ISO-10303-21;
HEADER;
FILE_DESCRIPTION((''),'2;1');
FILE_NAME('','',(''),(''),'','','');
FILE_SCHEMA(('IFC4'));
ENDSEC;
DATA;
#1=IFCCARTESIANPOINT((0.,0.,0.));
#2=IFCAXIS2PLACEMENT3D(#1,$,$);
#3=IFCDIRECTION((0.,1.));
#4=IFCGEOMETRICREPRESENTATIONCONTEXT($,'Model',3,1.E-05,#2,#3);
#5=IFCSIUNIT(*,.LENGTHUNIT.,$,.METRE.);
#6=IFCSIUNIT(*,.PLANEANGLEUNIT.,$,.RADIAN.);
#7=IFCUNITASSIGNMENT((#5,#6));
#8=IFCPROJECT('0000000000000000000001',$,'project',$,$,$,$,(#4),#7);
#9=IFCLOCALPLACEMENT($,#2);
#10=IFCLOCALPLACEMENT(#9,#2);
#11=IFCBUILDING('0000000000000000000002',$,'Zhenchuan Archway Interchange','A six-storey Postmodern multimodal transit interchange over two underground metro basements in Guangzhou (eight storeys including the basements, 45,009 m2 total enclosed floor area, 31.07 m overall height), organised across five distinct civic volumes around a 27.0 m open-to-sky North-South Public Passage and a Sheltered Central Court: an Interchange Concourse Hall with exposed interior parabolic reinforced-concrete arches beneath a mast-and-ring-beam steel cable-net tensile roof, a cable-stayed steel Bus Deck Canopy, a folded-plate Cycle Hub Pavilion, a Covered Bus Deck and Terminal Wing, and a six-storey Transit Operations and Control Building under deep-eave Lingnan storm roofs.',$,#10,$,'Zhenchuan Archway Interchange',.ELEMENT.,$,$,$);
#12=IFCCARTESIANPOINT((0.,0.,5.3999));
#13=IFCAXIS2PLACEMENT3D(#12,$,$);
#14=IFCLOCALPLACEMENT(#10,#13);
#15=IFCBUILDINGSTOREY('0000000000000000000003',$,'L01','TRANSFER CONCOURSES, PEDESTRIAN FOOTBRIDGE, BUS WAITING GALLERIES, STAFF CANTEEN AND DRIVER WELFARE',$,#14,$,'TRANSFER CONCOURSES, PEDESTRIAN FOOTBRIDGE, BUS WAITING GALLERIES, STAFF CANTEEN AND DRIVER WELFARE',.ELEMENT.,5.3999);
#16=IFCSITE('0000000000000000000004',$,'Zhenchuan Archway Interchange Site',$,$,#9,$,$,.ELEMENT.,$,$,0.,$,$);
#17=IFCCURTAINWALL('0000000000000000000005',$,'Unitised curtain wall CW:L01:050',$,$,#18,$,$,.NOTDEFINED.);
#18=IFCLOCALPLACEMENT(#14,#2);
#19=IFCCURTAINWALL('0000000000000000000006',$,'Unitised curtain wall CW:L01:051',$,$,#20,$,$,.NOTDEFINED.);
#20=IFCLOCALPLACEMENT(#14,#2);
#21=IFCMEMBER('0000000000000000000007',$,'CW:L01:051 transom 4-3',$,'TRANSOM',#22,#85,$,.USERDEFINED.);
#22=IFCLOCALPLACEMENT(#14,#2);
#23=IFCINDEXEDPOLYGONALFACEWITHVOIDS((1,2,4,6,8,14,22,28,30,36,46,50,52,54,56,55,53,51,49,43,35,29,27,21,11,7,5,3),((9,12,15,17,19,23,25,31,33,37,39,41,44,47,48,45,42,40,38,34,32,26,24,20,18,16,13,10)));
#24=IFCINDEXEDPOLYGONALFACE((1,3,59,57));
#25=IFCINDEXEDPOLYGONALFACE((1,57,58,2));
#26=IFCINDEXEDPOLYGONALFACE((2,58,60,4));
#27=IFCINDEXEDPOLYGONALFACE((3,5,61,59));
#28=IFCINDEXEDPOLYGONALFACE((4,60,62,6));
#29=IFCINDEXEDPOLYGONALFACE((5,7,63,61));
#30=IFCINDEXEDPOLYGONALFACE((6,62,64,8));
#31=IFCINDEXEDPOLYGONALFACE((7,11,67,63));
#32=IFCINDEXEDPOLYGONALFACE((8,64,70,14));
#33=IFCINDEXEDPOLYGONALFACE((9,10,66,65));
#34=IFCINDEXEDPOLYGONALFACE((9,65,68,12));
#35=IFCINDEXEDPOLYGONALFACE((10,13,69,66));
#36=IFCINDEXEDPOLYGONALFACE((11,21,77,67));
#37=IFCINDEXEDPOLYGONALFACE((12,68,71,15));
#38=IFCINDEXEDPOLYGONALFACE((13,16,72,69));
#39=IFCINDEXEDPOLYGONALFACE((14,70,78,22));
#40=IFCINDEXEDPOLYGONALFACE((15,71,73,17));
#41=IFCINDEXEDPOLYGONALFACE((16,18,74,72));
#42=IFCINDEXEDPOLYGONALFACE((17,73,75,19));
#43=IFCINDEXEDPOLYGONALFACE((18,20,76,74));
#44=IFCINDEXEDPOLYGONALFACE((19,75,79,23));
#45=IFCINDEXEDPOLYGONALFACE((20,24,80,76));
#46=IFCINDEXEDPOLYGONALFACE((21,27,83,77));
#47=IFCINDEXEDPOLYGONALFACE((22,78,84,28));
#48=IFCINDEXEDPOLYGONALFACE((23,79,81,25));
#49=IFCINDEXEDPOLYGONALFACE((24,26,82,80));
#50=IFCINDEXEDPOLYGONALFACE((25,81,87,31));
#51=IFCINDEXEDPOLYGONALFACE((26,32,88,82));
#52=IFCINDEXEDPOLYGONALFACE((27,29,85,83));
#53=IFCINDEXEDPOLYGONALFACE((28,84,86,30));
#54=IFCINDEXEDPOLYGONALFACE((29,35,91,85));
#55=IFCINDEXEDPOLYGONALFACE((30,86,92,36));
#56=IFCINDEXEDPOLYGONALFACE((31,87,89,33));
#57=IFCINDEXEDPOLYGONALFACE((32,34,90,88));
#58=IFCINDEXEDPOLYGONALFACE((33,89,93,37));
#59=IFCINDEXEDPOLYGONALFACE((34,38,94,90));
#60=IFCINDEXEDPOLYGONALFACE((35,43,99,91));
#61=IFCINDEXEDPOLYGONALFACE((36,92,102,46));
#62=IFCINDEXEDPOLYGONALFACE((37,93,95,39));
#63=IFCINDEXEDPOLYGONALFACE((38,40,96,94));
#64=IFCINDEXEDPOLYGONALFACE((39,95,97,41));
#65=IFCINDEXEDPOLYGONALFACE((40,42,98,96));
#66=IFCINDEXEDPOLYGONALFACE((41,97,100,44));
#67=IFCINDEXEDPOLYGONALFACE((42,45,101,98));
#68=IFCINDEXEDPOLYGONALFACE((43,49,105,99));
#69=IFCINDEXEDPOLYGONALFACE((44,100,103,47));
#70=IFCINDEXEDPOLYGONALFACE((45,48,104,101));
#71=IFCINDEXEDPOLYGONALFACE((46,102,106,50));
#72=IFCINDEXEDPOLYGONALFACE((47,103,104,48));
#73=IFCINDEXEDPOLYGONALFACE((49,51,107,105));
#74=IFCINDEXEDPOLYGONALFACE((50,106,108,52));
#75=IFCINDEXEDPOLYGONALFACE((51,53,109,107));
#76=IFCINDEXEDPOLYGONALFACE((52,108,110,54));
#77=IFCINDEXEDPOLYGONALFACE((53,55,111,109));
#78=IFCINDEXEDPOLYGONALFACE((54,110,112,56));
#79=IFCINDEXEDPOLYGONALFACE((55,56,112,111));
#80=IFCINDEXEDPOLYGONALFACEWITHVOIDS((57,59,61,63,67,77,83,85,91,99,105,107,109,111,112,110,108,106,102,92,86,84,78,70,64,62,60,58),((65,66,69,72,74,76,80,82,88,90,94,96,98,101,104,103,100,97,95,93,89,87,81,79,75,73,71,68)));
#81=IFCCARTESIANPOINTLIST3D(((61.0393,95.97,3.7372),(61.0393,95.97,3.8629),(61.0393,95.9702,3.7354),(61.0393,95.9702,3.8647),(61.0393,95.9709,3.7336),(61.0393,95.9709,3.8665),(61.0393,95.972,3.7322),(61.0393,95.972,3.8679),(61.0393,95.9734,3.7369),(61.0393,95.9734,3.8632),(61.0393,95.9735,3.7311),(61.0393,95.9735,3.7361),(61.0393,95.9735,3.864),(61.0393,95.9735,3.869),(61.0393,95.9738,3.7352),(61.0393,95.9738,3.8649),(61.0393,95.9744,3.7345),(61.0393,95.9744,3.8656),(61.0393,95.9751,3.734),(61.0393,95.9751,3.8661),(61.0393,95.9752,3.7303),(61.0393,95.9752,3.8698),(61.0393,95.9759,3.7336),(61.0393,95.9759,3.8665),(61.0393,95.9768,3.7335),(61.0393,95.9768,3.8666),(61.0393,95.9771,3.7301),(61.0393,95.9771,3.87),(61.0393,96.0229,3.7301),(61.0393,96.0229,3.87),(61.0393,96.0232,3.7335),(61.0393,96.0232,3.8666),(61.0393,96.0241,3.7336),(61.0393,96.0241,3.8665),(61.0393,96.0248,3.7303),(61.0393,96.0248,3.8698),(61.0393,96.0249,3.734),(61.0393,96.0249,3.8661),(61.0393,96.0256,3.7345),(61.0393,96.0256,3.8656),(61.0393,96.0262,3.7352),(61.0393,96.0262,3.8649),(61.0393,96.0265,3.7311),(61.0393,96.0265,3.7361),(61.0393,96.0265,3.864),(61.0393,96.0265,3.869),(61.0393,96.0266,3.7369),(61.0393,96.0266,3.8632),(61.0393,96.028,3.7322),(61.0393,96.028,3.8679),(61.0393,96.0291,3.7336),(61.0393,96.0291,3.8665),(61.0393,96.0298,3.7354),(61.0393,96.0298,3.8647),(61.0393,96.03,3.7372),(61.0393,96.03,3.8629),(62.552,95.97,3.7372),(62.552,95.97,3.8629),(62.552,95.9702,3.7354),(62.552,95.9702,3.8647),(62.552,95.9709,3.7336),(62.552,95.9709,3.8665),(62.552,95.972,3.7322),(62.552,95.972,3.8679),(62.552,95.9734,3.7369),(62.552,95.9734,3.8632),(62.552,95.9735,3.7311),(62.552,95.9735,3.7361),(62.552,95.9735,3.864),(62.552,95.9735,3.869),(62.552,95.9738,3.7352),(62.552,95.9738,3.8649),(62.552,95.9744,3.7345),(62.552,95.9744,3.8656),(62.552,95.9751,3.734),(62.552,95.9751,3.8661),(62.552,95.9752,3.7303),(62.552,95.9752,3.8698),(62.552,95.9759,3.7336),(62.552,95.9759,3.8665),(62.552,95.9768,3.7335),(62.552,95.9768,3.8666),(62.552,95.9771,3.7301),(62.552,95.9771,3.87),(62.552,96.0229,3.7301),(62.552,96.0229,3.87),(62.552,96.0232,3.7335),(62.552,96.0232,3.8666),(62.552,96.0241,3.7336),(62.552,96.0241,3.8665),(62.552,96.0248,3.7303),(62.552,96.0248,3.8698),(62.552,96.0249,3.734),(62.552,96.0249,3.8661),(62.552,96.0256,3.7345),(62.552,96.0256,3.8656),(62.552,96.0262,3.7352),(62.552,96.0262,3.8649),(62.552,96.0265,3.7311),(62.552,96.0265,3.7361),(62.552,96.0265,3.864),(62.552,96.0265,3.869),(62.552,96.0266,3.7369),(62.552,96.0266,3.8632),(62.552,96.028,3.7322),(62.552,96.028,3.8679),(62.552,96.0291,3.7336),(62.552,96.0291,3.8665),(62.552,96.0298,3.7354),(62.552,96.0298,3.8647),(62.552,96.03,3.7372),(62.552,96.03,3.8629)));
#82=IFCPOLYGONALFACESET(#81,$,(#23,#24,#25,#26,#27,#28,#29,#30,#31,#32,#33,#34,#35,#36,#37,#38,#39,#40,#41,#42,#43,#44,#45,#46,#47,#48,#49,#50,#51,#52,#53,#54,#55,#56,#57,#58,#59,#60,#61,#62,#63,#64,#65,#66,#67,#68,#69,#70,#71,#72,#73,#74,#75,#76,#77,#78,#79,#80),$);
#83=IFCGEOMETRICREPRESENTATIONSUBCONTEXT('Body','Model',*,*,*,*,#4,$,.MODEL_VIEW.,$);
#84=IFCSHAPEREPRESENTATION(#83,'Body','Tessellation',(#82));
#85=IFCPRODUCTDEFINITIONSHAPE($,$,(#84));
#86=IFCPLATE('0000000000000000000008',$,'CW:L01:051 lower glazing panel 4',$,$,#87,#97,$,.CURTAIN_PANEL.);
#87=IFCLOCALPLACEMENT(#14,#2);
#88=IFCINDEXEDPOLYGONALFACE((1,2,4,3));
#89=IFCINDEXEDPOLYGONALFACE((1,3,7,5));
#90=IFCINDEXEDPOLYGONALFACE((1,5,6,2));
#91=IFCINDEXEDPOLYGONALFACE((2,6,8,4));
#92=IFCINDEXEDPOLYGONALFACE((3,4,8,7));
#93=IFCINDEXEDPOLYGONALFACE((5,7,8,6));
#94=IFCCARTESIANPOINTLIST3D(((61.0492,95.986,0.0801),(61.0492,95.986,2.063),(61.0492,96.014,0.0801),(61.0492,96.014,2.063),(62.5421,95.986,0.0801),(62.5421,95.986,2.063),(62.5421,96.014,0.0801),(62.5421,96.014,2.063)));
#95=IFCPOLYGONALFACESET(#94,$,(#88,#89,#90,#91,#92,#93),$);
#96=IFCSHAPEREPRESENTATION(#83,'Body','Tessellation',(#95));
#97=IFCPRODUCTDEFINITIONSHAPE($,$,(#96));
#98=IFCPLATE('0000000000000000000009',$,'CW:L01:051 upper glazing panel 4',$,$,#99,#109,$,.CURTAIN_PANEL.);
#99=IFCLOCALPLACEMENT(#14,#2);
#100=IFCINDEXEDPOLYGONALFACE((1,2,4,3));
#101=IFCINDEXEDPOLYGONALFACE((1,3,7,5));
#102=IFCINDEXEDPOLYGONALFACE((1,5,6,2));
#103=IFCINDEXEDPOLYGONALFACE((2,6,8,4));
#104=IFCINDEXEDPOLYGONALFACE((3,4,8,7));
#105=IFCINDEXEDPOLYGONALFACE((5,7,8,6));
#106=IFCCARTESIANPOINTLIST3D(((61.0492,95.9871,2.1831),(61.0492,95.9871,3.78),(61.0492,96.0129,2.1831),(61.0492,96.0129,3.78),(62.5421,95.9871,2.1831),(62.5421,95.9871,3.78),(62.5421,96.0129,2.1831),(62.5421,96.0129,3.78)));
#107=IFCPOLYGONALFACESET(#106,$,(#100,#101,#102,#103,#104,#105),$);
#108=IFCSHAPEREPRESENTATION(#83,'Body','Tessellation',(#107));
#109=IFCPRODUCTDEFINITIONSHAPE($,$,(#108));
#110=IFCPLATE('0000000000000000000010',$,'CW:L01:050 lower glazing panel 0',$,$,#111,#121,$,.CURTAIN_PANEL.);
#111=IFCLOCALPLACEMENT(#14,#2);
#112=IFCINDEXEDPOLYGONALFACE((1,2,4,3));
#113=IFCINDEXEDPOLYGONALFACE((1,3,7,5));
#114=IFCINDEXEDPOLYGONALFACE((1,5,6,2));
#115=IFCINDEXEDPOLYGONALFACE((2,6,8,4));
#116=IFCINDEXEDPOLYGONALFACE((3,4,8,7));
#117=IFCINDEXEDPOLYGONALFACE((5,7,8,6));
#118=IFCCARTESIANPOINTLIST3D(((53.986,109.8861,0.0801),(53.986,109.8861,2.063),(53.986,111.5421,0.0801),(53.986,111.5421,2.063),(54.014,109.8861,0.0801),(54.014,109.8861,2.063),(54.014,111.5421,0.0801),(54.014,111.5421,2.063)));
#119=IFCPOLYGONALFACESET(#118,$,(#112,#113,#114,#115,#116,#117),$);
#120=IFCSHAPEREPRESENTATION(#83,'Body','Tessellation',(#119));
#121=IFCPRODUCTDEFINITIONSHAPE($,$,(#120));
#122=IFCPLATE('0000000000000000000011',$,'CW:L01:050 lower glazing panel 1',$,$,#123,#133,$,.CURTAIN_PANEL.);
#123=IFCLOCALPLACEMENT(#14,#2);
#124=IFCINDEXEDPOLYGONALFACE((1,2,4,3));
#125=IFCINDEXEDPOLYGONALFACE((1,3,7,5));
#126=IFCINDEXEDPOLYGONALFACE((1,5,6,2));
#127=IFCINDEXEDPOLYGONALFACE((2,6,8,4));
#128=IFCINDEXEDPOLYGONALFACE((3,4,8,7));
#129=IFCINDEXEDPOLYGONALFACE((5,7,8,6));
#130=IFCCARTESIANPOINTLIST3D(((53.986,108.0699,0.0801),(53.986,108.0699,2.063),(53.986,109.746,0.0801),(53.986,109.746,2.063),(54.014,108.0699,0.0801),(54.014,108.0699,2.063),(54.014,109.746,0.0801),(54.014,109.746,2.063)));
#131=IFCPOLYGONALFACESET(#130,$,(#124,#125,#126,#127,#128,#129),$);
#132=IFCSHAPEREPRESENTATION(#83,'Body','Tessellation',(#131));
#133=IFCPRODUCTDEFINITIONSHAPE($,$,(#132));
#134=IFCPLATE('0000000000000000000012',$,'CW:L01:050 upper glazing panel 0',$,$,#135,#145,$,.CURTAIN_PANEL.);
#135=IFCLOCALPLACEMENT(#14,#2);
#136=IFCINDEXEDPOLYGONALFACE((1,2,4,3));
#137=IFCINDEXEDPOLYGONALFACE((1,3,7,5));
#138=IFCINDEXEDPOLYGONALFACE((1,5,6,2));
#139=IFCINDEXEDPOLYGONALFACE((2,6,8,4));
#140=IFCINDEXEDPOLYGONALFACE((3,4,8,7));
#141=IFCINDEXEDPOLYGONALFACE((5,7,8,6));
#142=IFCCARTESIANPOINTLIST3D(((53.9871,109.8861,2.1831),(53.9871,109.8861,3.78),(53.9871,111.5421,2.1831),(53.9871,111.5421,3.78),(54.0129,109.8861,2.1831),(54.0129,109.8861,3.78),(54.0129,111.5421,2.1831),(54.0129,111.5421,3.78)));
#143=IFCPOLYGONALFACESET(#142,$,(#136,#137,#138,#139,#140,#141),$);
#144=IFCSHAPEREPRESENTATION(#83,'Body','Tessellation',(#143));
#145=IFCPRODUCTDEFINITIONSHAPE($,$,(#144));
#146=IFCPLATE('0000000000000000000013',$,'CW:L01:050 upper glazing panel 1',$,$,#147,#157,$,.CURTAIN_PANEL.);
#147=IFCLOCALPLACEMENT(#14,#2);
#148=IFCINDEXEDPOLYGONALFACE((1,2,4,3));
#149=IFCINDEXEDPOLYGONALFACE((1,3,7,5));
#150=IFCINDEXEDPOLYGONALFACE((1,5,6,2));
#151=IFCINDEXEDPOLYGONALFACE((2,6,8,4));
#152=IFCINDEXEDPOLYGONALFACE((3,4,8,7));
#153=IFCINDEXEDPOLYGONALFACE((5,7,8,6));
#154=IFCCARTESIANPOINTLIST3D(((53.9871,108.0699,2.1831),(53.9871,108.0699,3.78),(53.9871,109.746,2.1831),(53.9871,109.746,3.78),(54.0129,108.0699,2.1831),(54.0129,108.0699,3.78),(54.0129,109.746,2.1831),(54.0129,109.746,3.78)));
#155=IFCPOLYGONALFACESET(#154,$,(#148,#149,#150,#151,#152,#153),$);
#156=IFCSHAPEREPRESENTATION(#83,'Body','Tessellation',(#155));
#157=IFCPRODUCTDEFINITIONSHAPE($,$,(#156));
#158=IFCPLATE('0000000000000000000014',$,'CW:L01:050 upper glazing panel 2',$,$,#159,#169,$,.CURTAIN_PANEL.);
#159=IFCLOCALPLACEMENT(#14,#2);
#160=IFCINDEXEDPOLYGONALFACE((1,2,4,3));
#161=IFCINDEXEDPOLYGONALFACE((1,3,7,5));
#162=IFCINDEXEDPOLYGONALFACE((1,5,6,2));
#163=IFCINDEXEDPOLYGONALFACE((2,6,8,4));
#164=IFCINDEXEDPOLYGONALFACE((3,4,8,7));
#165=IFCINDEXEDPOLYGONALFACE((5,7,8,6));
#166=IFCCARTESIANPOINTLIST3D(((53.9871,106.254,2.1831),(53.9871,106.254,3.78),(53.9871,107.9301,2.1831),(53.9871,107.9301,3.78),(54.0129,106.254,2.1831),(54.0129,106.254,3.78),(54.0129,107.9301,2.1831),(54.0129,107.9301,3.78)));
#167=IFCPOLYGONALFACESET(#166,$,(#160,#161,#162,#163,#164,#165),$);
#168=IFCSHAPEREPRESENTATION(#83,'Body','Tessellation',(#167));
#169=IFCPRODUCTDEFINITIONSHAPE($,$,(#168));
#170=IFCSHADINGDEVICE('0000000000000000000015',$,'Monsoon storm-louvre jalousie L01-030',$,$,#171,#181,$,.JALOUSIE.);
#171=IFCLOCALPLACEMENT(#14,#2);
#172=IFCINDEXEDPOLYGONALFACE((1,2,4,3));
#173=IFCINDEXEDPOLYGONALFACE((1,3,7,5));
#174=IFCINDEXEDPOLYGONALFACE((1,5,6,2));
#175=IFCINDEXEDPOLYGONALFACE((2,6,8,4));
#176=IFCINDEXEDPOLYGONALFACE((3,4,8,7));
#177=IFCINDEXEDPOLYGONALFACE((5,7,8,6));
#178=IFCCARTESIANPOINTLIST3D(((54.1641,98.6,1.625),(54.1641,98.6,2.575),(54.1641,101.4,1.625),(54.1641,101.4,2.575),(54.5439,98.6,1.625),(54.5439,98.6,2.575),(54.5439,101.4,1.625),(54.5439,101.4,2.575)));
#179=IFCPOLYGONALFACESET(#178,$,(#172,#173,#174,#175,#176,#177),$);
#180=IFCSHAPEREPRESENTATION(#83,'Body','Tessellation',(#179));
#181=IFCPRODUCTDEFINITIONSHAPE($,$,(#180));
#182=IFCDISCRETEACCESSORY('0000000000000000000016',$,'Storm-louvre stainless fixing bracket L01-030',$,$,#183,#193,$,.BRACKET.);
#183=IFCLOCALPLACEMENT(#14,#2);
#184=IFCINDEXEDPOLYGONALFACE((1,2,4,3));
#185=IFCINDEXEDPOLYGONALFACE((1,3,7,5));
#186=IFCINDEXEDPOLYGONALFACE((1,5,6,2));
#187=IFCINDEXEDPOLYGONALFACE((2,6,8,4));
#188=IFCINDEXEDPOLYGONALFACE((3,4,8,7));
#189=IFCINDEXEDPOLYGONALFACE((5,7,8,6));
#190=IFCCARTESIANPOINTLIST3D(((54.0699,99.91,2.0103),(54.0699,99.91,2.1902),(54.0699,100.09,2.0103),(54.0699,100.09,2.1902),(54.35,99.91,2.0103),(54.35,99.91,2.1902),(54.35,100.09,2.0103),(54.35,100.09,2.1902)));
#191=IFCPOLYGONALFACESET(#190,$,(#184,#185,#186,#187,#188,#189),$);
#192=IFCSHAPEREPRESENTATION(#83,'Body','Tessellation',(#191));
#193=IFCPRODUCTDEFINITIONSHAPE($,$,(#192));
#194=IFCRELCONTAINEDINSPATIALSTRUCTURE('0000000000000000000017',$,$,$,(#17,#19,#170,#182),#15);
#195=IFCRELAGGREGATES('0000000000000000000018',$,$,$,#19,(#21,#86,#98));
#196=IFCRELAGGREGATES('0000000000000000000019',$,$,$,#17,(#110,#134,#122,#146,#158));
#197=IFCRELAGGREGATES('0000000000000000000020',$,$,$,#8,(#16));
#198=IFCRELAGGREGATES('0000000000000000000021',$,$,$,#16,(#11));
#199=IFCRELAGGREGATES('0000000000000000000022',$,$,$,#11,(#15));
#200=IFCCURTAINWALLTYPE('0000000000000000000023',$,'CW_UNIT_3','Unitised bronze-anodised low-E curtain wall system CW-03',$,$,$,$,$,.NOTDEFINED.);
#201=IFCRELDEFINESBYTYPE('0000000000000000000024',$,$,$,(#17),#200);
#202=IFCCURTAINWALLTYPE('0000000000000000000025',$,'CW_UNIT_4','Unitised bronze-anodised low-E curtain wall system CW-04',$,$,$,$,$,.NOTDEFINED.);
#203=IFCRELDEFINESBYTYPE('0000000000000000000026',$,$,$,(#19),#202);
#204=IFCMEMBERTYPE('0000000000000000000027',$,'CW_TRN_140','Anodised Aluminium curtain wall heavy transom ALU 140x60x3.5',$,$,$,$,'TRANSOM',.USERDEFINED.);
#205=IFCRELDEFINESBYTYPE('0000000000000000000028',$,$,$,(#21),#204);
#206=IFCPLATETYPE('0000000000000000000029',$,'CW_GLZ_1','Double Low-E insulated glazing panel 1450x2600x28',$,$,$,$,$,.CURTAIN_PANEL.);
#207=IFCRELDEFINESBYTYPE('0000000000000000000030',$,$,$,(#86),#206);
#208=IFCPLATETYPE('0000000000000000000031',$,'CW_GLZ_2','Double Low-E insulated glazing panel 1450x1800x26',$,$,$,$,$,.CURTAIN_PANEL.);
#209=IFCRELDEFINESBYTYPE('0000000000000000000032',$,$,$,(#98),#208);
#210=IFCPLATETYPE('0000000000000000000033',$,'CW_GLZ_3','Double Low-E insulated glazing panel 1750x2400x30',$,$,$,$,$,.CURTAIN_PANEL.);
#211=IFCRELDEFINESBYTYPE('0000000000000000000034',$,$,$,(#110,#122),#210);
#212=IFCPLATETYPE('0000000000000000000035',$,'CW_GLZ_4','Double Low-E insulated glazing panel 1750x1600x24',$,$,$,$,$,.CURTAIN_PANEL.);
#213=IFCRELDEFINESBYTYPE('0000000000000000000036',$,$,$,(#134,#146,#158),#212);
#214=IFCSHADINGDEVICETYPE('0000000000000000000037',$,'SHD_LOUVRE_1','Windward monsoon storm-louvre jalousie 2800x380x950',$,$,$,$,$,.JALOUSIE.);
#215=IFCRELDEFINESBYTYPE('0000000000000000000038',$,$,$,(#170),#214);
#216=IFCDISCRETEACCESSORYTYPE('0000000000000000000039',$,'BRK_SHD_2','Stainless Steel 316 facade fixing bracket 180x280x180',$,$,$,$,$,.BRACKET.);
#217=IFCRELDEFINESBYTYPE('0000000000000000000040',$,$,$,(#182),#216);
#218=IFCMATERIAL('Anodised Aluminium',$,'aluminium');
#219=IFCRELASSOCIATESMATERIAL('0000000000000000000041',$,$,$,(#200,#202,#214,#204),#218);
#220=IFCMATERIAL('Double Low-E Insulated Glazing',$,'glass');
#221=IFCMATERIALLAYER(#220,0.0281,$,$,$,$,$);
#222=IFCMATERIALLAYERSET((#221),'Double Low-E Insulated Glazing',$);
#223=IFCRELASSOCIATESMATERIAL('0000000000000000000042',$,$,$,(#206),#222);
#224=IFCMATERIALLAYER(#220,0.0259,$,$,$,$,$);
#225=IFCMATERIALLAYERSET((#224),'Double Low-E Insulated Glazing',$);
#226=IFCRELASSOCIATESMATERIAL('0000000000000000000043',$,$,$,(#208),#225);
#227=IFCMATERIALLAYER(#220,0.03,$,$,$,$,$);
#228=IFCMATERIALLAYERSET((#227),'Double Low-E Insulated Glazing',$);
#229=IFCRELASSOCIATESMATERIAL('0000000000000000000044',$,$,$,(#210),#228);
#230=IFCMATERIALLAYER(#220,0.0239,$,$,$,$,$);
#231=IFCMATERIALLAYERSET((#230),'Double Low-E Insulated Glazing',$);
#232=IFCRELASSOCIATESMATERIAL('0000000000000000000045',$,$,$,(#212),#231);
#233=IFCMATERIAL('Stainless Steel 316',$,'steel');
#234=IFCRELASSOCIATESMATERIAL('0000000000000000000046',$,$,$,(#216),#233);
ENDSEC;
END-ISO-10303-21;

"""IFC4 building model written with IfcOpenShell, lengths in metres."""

from ifc_helpers import new_model, si_unit, direction, frame, origin, origin_2d, place, context, subcontext, project, spatial, rectangle, hollow_rectangle, extrude, material, layer, layer_set, material_profile, profile_set, type_object, element, aggregate, save


model = new_model("IFC4")

# Units and contexts
model_context = context("Model", 3, precision=1e-05, world=origin(), true_north=direction((0.0, 1.0)))
body_context = subcontext(model_context, "Body", "Model", "MODEL_VIEW")
ifc_project = project(units=[si_unit("LENGTHUNIT", "METRE"), si_unit("PLANEANGLEUNIT", "RADIAN")], contexts=[model_context])

# Site, building, storey
site_placement = place(None, origin())
site = spatial("IfcSite", under=ifc_project, at=site_placement, Name="Zhenchuan Archway Interchange Site", CompositionType="ELEMENT", RefElevation=0.0)
building_placement = place(site_placement, origin())
building = spatial("IfcBuilding", under=site, at=building_placement, Name="Zhenchuan Archway Interchange", Description="A six-storey Postmodern multimodal transit interchange over two underground metro basements in Guangzhou (eight storeys including the basements, 45,009 m2 total enclosed floor area, 31.07 m overall height), organised across five distinct civic volumes around a 27.0 m open-to-sky North-South Public Passage and a Sheltered Central Court: an Interchange Concourse Hall with exposed interior parabolic reinforced-concrete arches beneath a mast-and-ring-beam steel cable-net tensile roof, a cable-stayed steel Bus Deck Canopy, a folded-plate Cycle Hub Pavilion, a Covered Bus Deck and Terminal Wing, and a six-storey Transit Operations and Control Building under deep-eave Lingnan storm roofs.", LongName="Zhenchuan Archway Interchange", CompositionType="ELEMENT")
storey_placement = place(building_placement, frame((0.0, 0.0, 5.3999)))
storey = spatial("IfcBuildingStorey", under=building, at=storey_placement, Name="L01", Description="TRANSFER CONCOURSES, PEDESTRIAN FOOTBRIDGE, BUS WAITING GALLERIES, STAFF CANTEEN AND DRIVER WELFARE", LongName="TRANSFER CONCOURSES, PEDESTRIAN FOOTBRIDGE, BUS WAITING GALLERIES, STAFF CANTEEN AND DRIVER WELFARE", CompositionType="ELEMENT", Elevation=5.3999)

# Curtain wall
ifc_material_1 = material(Name="Anodised Aluminium", Category="aluminium")
curtain_wall_type_1 = type_object("IfcCurtainWallType", Name="CW_UNIT_3", Description="Unitised bronze-anodised low-E curtain wall system CW-03", PredefinedType="NOTDEFINED", material=ifc_material_1)
curtain_wall_1_placement = place(storey_placement, origin())
curtain_wall_1 = element("IfcCurtainWall", 1, at=curtain_wall_1_placement, inside=storey, type_object=curtain_wall_type_1, Name="Unitised curtain wall CW:L01:050", PredefinedType="NOTDEFINED")

# Curtain wall
curtain_wall_type_2 = type_object("IfcCurtainWallType", Name="CW_UNIT_4", Description="Unitised bronze-anodised low-E curtain wall system CW-04", PredefinedType="NOTDEFINED", material=ifc_material_1)
curtain_wall_2_placement = place(storey_placement, origin())
curtain_wall_2 = element("IfcCurtainWall", 2, at=curtain_wall_2_placement, inside=storey, type_object=curtain_wall_type_2, Name="Unitised curtain wall CW:L01:051", PredefinedType="NOTDEFINED")

# Member
ifc_material_profile_1 = material_profile(ifc_material_1, hollow_rectangle(XDim=0.0601, YDim=0.1399, WallThickness=0.0034, InnerFilletRadius=0.0034, OuterFilletRadius=0.0071, at=origin_2d()), Name="ALU 140x60x3.5")
ifc_profile_set_1 = profile_set([ifc_material_profile_1], Name="Anodised Aluminium")
member_type_1 = type_object("IfcMemberType", Name="CW_TRN_140", Description="Anodised Aluminium curtain wall heavy transom ALU 140x60x3.5", ElementType="TRANSOM", PredefinedType="USERDEFINED", material=ifc_profile_set_1)
member_1_placement = place(storey_placement, frame((61.0393, 96.0, 3.8), z_axis=(1.0, 0.0, 0.0), x_axis=(0.0, 1.0, 0.0)))
member_1 = element("IfcMember", 3, at=member_1_placement, type_object=member_type_1, Name="CW:L01:051 transom 4-3", ObjectType="TRANSOM", PredefinedType="USERDEFINED", context=body_context, shape_type="SweptSolid", body=[
    extrude(hollow_rectangle(XDim=0.0601, YDim=0.1399, WallThickness=0.0034, InnerFilletRadius=0.0034, OuterFilletRadius=0.0071, at=origin_2d()), origin(), (0.0, 0.0, 1.0), 1.5127),
])

# Plates
ifc_material_2 = material(Name="Double Low-E Insulated Glazing", Category="glass")
ifc_layer_1 = layer(ifc_material_2, 0.0281)
ifc_layer_set_1 = layer_set([ifc_layer_1], Name="Double Low-E Insulated Glazing")
plate_type_1 = type_object("IfcPlateType", Name="CW_GLZ_1", Description="Double Low-E insulated glazing panel 1450x2600x28", PredefinedType="CURTAIN_PANEL", material=ifc_layer_set_1)
plate_1_placement = place(storey_placement, frame((61.7957, 96.0, 0.0801), z_axis=(0.0, 0.0, 1.0), x_axis=(1.0, 0.0, 0.0)))
plate_1 = element("IfcPlate", 4, at=plate_1_placement, type_object=plate_type_1, Name="CW:L01:051 lower glazing panel 4", PredefinedType="CURTAIN_PANEL", context=body_context, shape_type="SweptSolid", body=[
    extrude(rectangle(XDim=1.4929, YDim=0.0281, at=origin_2d()), origin(), (0.0, 0.0, 1.0), 1.9829),
])
ifc_layer_2 = layer(ifc_material_2, 0.0259)
ifc_layer_set_2 = layer_set([ifc_layer_2], Name="Double Low-E Insulated Glazing")
plate_type_2 = type_object("IfcPlateType", Name="CW_GLZ_2", Description="Double Low-E insulated glazing panel 1450x1800x26", PredefinedType="CURTAIN_PANEL", material=ifc_layer_set_2)
plate_2_placement = place(storey_placement, frame((61.7957, 96.0, 2.1831), z_axis=(0.0, 0.0, 1.0), x_axis=(1.0, 0.0, 0.0)))
plate_2 = element("IfcPlate", 5, at=plate_2_placement, type_object=plate_type_2, Name="CW:L01:051 upper glazing panel 4", PredefinedType="CURTAIN_PANEL", context=body_context, shape_type="SweptSolid", body=[
    extrude(rectangle(XDim=1.4929, YDim=0.0259, at=origin_2d()), origin(), (0.0, 0.0, 1.0), 1.5969),
])
aggregate(curtain_wall_2, [member_1, plate_1, plate_2])
ifc_layer_3 = layer(ifc_material_2, 0.03)
ifc_layer_set_3 = layer_set([ifc_layer_3], Name="Double Low-E Insulated Glazing")
plate_type_3 = type_object("IfcPlateType", Name="CW_GLZ_3", Description="Double Low-E insulated glazing panel 1750x2400x30", PredefinedType="CURTAIN_PANEL", material=ifc_layer_set_3)
plate_3_placement = place(storey_placement, frame((54.0, 110.7141, 0.0801), z_axis=(0.0, 0.0, 1.0), x_axis=(0.0, -1.0, 0.0)))
plate_3 = element("IfcPlate", 6, at=plate_3_placement, type_object=plate_type_3, Name="CW:L01:050 lower glazing panel 0", PredefinedType="CURTAIN_PANEL", context=body_context, shape_type="SweptSolid", body=[
    extrude(rectangle(XDim=1.656, YDim=0.0281, at=origin_2d()), origin(), (0.0, 0.0, 1.0), 1.9829),
])
plate_4_placement = place(storey_placement, frame((54.0, 108.908, 0.0801), z_axis=(0.0, 0.0, 1.0), x_axis=(0.0, -1.0, 0.0)))
plate_4 = element("IfcPlate", 7, at=plate_4_placement, type_object=plate_type_3, Name="CW:L01:050 lower glazing panel 1", PredefinedType="CURTAIN_PANEL", context=body_context, shape_type="SweptSolid", body=[
    extrude(rectangle(XDim=1.676, YDim=0.0281, at=origin_2d()), origin(), (0.0, 0.0, 1.0), 1.9829),
])
ifc_layer_4 = layer(ifc_material_2, 0.0239)
ifc_layer_set_4 = layer_set([ifc_layer_4], Name="Double Low-E Insulated Glazing")
plate_type_4 = type_object("IfcPlateType", Name="CW_GLZ_4", Description="Double Low-E insulated glazing panel 1750x1600x24", PredefinedType="CURTAIN_PANEL", material=ifc_layer_set_4)
plate_5_placement = place(storey_placement, frame((54.0, 110.7141, 2.1831), z_axis=(0.0, 0.0, 1.0), x_axis=(0.0, -1.0, 0.0)))
plate_5 = element("IfcPlate", 8, at=plate_5_placement, type_object=plate_type_4, Name="CW:L01:050 upper glazing panel 0", PredefinedType="CURTAIN_PANEL", context=body_context, shape_type="SweptSolid", body=[
    extrude(rectangle(XDim=1.656, YDim=0.0259, at=origin_2d()), origin(), (0.0, 0.0, 1.0), 1.5969),
])
plate_6_placement = place(storey_placement, frame((54.0, 108.908, 2.1831), z_axis=(0.0, 0.0, 1.0), x_axis=(0.0, -1.0, 0.0)))
plate_6 = element("IfcPlate", 9, at=plate_6_placement, type_object=plate_type_4, Name="CW:L01:050 upper glazing panel 1", PredefinedType="CURTAIN_PANEL", context=body_context, shape_type="SweptSolid", body=[
    extrude(rectangle(XDim=1.676, YDim=0.0259, at=origin_2d()), origin(), (0.0, 0.0, 1.0), 1.5969),
])
plate_7_placement = place(storey_placement, frame((54.0, 107.092, 2.1831), z_axis=(0.0, 0.0, 1.0), x_axis=(0.0, -1.0, 0.0)))
plate_7 = element("IfcPlate", 10, at=plate_7_placement, type_object=plate_type_4, Name="CW:L01:050 upper glazing panel 2", PredefinedType="CURTAIN_PANEL", context=body_context, shape_type="SweptSolid", body=[
    extrude(rectangle(XDim=1.676, YDim=0.0259, at=origin_2d()), origin(), (0.0, 0.0, 1.0), 1.5969),
])
aggregate(curtain_wall_1, [plate_3, plate_5, plate_4, plate_6, plate_7])

# Shading device
shading_device_type = type_object("IfcShadingDeviceType", Name="SHD_LOUVRE_1", Description="Windward monsoon storm-louvre jalousie 2800x380x950", PredefinedType="JALOUSIE", material=ifc_material_1)
shading_device_placement = place(storey_placement, frame((54.354, 100.0, 1.625), z_axis=(0.0, 0.0, 1.0), x_axis=(0.0, -1.0, 0.0)))
element("IfcShadingDevice", 11, at=shading_device_placement, inside=storey, type_object=shading_device_type, Name="Monsoon storm-louvre jalousie L01-030", PredefinedType="JALOUSIE", context=body_context, shape_type="SweptSolid", body=[
    extrude(rectangle(XDim=2.8, YDim=0.3799, at=origin_2d()), origin(), (0.0, 0.0, 1.0), 0.95),
])

# Discrete accessory
ifc_material_3 = material(Name="Stainless Steel 316", Category="steel")
discrete_accessory_type = type_object("IfcDiscreteAccessoryType", Name="BRK_SHD_2", Description="Stainless Steel 316 facade fixing bracket 180x280x180", PredefinedType="BRACKET", material=ifc_material_3)
discrete_accessory_placement = place(storey_placement, frame((54.21, 100.0, 2.0103), z_axis=(0.0, 0.0, 1.0), x_axis=(0.0, -1.0, 0.0)))
element("IfcDiscreteAccessory", 12, at=discrete_accessory_placement, inside=storey, type_object=discrete_accessory_type, Name="Storm-louvre stainless fixing bracket L01-030", PredefinedType="BRACKET", context=body_context, shape_type="SweptSolid", body=[
    extrude(rectangle(XDim=0.1799, YDim=0.28, at=origin_2d()), origin(), (0.0, 0.0, 1.0), 0.1799),
])

save(model, "model.ifc")
